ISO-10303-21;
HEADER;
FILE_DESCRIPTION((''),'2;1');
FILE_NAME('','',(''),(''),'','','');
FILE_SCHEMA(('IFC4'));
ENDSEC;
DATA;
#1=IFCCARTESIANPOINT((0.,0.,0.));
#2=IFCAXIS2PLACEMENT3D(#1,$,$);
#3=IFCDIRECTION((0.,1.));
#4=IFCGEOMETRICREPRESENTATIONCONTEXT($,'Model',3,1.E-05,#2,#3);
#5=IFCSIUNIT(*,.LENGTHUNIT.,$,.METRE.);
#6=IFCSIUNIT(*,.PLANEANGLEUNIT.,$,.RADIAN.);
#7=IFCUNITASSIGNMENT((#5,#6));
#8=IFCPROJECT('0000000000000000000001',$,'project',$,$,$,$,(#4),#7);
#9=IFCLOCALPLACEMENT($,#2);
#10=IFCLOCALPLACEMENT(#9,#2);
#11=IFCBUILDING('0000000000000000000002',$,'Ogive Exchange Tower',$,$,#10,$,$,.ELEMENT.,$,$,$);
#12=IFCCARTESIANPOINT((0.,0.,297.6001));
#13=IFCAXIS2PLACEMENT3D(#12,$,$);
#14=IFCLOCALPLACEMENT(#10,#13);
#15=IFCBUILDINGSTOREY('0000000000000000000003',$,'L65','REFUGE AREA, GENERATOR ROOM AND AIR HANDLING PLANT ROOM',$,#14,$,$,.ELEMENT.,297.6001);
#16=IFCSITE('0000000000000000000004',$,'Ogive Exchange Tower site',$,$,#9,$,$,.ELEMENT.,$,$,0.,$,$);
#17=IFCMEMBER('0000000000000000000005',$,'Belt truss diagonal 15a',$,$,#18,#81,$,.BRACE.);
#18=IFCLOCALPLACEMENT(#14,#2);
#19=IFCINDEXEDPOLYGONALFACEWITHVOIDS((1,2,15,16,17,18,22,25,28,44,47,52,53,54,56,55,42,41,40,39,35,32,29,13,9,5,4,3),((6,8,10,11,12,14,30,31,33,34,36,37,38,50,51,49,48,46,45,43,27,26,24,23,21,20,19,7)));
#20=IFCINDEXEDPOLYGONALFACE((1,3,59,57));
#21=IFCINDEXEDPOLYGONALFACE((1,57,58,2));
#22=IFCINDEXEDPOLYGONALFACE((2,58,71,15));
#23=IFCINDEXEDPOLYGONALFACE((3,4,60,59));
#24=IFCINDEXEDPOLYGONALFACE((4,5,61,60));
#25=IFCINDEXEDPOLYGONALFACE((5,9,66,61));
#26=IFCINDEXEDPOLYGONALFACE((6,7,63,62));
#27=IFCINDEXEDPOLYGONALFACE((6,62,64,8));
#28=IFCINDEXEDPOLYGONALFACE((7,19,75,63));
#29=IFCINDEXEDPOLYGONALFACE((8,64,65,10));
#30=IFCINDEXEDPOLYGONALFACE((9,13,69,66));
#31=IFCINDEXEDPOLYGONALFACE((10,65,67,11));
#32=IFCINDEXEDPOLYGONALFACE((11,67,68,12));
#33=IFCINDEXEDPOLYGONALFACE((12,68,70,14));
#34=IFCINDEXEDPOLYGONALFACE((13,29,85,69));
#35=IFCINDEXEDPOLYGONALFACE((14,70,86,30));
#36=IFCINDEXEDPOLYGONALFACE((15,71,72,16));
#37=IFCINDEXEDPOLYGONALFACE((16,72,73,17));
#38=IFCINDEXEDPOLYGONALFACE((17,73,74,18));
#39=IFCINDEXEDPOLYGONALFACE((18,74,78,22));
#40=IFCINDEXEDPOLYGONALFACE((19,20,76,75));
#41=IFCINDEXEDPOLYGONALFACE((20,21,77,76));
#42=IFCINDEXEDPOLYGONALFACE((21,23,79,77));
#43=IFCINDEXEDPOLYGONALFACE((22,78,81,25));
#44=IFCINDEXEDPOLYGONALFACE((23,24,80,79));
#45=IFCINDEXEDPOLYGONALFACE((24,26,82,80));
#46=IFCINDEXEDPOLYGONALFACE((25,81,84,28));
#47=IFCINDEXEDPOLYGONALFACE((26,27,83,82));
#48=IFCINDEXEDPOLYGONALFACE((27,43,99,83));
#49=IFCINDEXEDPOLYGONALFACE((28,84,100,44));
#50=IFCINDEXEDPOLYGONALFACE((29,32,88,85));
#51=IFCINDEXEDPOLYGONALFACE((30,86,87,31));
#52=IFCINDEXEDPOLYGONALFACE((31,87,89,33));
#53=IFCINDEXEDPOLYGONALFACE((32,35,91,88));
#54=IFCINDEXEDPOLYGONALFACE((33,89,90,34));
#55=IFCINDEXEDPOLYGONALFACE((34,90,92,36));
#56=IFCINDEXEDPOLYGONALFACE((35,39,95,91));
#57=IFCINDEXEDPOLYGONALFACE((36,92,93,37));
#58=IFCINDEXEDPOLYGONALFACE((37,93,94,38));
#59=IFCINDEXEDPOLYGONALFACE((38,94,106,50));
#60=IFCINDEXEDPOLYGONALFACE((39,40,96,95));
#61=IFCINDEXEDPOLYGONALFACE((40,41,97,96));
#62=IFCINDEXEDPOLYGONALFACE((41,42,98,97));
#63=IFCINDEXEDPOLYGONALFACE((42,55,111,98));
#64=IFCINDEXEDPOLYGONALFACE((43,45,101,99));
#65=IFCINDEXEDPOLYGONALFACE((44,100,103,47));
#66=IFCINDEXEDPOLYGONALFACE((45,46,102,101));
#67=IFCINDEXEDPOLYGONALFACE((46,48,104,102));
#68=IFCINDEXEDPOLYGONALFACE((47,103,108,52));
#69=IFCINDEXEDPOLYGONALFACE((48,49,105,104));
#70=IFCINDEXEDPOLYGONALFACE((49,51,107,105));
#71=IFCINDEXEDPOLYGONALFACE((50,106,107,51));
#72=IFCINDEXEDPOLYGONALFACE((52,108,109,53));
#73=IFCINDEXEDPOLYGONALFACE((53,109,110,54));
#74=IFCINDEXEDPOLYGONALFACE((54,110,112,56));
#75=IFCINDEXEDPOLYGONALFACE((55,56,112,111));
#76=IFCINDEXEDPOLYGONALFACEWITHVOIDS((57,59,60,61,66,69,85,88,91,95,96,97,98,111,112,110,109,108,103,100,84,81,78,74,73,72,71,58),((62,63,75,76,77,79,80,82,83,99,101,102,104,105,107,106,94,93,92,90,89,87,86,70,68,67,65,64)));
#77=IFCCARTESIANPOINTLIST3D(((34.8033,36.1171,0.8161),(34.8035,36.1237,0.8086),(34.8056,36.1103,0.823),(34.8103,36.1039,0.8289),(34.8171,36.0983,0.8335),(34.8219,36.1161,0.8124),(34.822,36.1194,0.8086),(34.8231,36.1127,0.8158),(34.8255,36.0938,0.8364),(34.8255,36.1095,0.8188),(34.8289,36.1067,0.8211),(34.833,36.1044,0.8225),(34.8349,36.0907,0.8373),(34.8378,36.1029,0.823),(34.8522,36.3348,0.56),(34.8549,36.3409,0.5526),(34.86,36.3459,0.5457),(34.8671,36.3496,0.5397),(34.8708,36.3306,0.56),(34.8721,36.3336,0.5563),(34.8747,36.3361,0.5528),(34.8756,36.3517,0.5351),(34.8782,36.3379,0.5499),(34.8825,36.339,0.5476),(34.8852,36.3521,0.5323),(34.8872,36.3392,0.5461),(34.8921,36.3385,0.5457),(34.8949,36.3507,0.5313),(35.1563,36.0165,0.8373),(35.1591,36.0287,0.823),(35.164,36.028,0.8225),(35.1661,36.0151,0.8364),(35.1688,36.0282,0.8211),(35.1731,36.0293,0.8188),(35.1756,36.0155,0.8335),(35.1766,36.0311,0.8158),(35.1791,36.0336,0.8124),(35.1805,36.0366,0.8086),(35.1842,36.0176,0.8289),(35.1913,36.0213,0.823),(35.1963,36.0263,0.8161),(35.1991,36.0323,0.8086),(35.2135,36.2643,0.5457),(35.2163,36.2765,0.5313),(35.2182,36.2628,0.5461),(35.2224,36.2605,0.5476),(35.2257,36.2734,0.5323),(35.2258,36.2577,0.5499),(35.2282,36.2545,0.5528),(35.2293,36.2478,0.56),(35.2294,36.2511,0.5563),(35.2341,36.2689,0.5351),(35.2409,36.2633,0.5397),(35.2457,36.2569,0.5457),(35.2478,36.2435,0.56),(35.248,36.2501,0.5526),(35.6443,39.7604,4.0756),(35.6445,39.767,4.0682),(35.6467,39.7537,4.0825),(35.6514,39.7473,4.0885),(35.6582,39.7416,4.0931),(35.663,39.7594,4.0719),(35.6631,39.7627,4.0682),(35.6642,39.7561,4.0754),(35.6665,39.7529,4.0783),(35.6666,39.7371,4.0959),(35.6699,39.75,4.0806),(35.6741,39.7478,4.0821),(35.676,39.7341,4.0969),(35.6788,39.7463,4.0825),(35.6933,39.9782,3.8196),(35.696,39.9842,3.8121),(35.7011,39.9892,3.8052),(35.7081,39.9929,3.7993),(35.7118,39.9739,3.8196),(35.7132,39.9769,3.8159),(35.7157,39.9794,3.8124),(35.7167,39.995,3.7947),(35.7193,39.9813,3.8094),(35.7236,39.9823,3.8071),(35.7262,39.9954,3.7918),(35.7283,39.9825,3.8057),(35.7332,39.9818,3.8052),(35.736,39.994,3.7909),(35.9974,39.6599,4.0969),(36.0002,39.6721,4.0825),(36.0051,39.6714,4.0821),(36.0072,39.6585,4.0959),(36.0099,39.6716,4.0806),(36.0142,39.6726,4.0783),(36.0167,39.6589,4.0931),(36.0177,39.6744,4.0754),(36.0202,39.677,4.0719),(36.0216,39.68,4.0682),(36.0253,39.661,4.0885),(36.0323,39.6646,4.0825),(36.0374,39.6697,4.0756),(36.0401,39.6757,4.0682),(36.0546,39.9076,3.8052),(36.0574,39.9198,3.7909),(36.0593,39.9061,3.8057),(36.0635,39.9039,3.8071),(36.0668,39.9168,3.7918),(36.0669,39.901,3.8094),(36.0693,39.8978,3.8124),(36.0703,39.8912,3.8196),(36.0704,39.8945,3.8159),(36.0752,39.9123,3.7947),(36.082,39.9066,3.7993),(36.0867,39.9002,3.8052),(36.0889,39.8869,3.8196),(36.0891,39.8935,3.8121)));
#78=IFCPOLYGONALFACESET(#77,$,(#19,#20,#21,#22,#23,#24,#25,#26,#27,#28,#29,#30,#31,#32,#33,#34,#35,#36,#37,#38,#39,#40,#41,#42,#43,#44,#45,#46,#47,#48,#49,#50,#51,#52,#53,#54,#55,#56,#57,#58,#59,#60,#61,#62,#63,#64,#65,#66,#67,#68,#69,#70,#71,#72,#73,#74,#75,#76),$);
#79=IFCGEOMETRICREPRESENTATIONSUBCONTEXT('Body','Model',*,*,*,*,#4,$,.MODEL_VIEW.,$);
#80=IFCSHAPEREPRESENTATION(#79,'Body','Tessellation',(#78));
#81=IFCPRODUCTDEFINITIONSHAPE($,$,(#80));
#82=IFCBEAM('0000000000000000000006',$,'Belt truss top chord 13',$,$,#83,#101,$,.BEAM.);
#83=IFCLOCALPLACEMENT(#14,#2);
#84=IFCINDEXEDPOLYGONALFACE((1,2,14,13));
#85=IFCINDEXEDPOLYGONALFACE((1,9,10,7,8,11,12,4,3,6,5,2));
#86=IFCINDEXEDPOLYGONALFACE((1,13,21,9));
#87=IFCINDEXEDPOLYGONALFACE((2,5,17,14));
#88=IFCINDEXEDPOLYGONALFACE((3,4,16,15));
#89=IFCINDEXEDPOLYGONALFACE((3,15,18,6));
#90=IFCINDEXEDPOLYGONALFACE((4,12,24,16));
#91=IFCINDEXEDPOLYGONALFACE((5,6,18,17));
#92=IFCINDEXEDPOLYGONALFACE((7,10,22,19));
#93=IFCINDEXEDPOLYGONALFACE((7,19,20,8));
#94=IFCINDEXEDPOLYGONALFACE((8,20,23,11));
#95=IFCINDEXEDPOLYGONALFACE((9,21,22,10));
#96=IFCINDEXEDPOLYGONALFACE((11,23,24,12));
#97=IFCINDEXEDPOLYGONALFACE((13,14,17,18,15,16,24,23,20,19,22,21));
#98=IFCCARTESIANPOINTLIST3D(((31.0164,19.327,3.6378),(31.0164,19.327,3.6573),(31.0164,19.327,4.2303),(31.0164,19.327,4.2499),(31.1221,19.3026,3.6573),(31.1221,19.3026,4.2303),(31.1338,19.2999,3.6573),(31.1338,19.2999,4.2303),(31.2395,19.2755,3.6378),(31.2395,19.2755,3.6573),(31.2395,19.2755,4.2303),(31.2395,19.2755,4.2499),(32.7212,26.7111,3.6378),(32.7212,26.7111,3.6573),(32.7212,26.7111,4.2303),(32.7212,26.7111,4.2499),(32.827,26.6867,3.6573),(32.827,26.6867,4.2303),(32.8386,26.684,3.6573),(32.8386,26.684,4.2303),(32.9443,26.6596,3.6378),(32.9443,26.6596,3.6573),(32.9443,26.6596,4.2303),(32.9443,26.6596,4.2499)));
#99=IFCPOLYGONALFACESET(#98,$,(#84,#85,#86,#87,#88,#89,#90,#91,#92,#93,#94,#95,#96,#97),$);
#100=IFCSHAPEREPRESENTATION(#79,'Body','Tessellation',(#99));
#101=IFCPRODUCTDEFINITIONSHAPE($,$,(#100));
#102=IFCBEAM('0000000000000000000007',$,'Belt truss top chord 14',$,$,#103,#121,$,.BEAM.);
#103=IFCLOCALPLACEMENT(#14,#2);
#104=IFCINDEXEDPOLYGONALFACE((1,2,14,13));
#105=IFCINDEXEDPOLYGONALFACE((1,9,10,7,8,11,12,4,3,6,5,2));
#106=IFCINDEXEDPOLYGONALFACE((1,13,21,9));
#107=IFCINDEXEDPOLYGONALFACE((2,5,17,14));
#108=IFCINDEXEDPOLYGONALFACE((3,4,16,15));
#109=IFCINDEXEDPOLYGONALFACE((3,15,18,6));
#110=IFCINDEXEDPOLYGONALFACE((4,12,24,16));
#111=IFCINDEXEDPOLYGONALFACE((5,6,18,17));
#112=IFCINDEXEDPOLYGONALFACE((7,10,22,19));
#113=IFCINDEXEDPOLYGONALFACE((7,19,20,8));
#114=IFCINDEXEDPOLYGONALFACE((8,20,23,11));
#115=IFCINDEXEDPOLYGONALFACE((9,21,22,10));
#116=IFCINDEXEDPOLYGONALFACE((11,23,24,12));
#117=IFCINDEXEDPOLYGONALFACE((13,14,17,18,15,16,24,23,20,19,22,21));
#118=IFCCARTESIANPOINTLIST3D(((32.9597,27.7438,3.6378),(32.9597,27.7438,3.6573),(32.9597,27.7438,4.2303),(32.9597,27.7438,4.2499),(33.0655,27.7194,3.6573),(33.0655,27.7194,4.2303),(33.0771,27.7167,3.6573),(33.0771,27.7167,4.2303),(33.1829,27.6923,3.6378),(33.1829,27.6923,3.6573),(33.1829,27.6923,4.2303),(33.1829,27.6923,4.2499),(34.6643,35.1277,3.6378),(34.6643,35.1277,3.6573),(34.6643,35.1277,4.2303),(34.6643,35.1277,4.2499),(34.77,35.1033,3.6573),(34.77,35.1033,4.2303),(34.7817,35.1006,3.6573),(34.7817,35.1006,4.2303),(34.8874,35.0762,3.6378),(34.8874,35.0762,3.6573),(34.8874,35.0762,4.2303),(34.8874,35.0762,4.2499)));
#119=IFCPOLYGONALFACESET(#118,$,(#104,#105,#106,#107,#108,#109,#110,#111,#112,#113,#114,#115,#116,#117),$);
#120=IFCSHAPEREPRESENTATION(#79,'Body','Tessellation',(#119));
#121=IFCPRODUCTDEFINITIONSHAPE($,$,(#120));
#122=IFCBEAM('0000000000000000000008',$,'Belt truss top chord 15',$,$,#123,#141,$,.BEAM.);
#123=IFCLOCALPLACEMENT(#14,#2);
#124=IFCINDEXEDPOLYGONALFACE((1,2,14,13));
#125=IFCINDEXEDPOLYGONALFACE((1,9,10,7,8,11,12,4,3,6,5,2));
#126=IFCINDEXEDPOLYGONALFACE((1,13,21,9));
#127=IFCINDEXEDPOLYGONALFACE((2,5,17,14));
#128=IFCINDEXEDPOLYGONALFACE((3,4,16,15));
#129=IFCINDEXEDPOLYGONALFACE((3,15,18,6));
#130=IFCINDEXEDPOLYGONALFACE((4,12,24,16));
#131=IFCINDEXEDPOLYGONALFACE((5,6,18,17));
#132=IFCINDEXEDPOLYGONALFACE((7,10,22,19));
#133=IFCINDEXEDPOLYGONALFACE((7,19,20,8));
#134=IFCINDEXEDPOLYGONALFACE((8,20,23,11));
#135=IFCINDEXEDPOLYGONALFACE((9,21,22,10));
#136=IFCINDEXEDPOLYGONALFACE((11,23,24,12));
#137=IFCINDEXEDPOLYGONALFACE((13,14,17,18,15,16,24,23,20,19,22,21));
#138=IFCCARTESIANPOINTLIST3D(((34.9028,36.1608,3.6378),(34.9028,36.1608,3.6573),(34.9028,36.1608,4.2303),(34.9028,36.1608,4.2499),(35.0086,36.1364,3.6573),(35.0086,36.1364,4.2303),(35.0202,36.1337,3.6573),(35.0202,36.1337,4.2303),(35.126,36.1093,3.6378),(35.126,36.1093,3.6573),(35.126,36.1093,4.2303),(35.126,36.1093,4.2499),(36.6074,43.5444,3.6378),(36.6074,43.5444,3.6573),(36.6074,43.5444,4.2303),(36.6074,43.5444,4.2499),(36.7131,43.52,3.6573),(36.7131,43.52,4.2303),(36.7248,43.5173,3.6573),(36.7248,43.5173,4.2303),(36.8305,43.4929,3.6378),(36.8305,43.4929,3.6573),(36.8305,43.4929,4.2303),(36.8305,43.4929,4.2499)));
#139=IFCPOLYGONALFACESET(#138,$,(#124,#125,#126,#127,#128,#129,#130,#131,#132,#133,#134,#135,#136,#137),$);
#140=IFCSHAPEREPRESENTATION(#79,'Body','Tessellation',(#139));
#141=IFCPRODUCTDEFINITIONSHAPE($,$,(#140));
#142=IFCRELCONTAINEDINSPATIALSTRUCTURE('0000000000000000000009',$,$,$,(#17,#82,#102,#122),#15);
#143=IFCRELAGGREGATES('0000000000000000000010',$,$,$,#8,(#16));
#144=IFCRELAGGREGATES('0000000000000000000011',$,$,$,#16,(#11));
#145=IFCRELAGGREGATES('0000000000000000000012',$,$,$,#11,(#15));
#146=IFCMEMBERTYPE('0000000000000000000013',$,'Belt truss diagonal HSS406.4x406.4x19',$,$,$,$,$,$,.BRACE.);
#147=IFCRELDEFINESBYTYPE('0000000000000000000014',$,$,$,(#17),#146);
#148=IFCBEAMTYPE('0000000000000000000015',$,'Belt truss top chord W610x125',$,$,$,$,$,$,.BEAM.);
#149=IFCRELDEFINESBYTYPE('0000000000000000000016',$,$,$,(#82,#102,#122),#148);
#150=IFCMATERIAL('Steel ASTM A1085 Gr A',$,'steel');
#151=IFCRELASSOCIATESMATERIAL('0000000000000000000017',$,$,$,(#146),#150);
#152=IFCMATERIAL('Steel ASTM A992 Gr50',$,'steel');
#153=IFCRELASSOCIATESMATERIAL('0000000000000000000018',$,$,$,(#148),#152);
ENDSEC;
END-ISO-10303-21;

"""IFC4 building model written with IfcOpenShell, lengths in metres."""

from ifc_helpers import new_model, si_unit, direction, frame, origin, origin_2d, place, context, subcontext, project, spatial, hollow_rectangle, i_section, extrude, material, material_profile, profile_set, type_object, element, save


model = new_model("IFC4")

# Units and contexts
model_context = context("Model", 3, precision=1e-05, world=origin(), true_north=direction((0.0, 1.0)))
body_context = subcontext(model_context, "Body", "Model", "MODEL_VIEW")
ifc_project = project(units=[si_unit("LENGTHUNIT", "METRE"), si_unit("PLANEANGLEUNIT", "RADIAN")], contexts=[model_context])

# Site, building, storey
site_placement = place(None, origin())
site = spatial("IfcSite", under=ifc_project, at=site_placement, Name="Ogive Exchange Tower site", CompositionType="ELEMENT", RefElevation=0.0)
building_placement = place(site_placement, origin())
building = spatial("IfcBuilding", under=site, at=building_placement, Name="Ogive Exchange Tower", CompositionType="ELEMENT")
storey_placement = place(building_placement, frame((0.0, 0.0, 297.6001)))
storey = spatial("IfcBuildingStorey", under=building, at=storey_placement, Name="L65", Description="REFUGE AREA, GENERATOR ROOM AND AIR HANDLING PLANT ROOM", CompositionType="ELEMENT", Elevation=297.6001)

# Shared definitions
ifc_material_1 = material(Name="Steel ASTM A992 Gr50", Category="steel")

# Member
ifc_material_2 = material(Name="Steel ASTM A1085 Gr A", Category="steel")
ifc_material_profile_1 = material_profile(ifc_material_2, hollow_rectangle(XDim=0.406, YDim=0.406, WallThickness=0.019, InnerFilletRadius=0.019, OuterFilletRadius=0.0381, at=origin_2d()), Name="HSS406.4x406.4x19")
ifc_profile_set_1 = profile_set([ifc_material_profile_1], Name="Steel ASTM A1085 Gr A")
member_type_1 = type_object("IfcMemberType", Name="Belt truss diagonal HSS406.4x406.4x19", PredefinedType="BRACE", material=ifc_profile_set_1)
member_1_placement = place(storey_placement, frame((35.0256, 36.1836, 0.6843), z_axis=(0.169556, 0.734479, 0.657108), x_axis=(-0.974374, 0.224936, 0.0)))
element("IfcMember", 1, at=member_1_placement, inside=storey, type_object=member_type_1, Name="Belt truss diagonal 15a", PredefinedType="BRACE", context=body_context, shape_type="SweptSolid", body=[
    extrude(hollow_rectangle(XDim=0.406, YDim=0.406, WallThickness=0.019, InnerFilletRadius=0.019, OuterFilletRadius=0.0381, at=origin_2d()), origin(), (0.0, 0.0, 1.0), 4.9604),
])

# Beams
ifc_material_profile_2 = material_profile(ifc_material_1, i_section(OverallWidth=0.229, OverallDepth=0.6121, WebThickness=0.012, FlangeThickness=0.0195, at=origin_2d()), Name="W610x125")
ifc_profile_set_2 = profile_set([ifc_material_profile_2], Name="Steel ASTM A992 Gr50")
beam_type_1 = type_object("IfcBeamType", Name="Belt truss top chord W610x125", PredefinedType="BEAM", material=ifc_profile_set_2)
beam_1_placement = place(storey_placement, frame((31.1279, 19.3013, 3.9438), z_axis=(0.224963, 0.974367, 0.0), x_axis=(-0.974367, 0.224963, 0.0)))
element("IfcBeam", 2, at=beam_1_placement, inside=storey, type_object=beam_type_1, Name="Belt truss top chord 13", PredefinedType="BEAM", context=body_context, shape_type="SweptSolid", body=[
    extrude(i_section(OverallWidth=0.229, OverallDepth=0.6121, WebThickness=0.012, FlangeThickness=0.0195, at=origin_2d()), origin(), (0.0, 0.0, 1.0), 7.5784),
])
beam_2_placement = place(storey_placement, frame((33.0713, 27.718, 3.9438), z_axis=(0.224932, 0.974374, 0.0), x_axis=(-0.974374, 0.224932, 0.0)))
element("IfcBeam", 3, at=beam_2_placement, inside=storey, type_object=beam_type_1, Name="Belt truss top chord 14", PredefinedType="BEAM", context=body_context, shape_type="SweptSolid", body=[
    extrude(i_section(OverallWidth=0.229, OverallDepth=0.6121, WebThickness=0.012, FlangeThickness=0.0195, at=origin_2d()), origin(), (0.0, 0.0, 1.0), 7.5781),
])
beam_3_placement = place(storey_placement, frame((35.0144, 36.135, 3.9438), z_axis=(0.22494, 0.974373, 0.0), x_axis=(-0.974373, 0.22494, 0.0)))
element("IfcBeam", 4, at=beam_3_placement, inside=storey, type_object=beam_type_1, Name="Belt truss top chord 15", PredefinedType="BEAM", context=body_context, shape_type="SweptSolid", body=[
    extrude(i_section(OverallWidth=0.229, OverallDepth=0.6121, WebThickness=0.012, FlangeThickness=0.0195, at=origin_2d()), origin(), (0.0, 0.0, 1.0), 7.5779),
])

save(model, "model.ifc")
